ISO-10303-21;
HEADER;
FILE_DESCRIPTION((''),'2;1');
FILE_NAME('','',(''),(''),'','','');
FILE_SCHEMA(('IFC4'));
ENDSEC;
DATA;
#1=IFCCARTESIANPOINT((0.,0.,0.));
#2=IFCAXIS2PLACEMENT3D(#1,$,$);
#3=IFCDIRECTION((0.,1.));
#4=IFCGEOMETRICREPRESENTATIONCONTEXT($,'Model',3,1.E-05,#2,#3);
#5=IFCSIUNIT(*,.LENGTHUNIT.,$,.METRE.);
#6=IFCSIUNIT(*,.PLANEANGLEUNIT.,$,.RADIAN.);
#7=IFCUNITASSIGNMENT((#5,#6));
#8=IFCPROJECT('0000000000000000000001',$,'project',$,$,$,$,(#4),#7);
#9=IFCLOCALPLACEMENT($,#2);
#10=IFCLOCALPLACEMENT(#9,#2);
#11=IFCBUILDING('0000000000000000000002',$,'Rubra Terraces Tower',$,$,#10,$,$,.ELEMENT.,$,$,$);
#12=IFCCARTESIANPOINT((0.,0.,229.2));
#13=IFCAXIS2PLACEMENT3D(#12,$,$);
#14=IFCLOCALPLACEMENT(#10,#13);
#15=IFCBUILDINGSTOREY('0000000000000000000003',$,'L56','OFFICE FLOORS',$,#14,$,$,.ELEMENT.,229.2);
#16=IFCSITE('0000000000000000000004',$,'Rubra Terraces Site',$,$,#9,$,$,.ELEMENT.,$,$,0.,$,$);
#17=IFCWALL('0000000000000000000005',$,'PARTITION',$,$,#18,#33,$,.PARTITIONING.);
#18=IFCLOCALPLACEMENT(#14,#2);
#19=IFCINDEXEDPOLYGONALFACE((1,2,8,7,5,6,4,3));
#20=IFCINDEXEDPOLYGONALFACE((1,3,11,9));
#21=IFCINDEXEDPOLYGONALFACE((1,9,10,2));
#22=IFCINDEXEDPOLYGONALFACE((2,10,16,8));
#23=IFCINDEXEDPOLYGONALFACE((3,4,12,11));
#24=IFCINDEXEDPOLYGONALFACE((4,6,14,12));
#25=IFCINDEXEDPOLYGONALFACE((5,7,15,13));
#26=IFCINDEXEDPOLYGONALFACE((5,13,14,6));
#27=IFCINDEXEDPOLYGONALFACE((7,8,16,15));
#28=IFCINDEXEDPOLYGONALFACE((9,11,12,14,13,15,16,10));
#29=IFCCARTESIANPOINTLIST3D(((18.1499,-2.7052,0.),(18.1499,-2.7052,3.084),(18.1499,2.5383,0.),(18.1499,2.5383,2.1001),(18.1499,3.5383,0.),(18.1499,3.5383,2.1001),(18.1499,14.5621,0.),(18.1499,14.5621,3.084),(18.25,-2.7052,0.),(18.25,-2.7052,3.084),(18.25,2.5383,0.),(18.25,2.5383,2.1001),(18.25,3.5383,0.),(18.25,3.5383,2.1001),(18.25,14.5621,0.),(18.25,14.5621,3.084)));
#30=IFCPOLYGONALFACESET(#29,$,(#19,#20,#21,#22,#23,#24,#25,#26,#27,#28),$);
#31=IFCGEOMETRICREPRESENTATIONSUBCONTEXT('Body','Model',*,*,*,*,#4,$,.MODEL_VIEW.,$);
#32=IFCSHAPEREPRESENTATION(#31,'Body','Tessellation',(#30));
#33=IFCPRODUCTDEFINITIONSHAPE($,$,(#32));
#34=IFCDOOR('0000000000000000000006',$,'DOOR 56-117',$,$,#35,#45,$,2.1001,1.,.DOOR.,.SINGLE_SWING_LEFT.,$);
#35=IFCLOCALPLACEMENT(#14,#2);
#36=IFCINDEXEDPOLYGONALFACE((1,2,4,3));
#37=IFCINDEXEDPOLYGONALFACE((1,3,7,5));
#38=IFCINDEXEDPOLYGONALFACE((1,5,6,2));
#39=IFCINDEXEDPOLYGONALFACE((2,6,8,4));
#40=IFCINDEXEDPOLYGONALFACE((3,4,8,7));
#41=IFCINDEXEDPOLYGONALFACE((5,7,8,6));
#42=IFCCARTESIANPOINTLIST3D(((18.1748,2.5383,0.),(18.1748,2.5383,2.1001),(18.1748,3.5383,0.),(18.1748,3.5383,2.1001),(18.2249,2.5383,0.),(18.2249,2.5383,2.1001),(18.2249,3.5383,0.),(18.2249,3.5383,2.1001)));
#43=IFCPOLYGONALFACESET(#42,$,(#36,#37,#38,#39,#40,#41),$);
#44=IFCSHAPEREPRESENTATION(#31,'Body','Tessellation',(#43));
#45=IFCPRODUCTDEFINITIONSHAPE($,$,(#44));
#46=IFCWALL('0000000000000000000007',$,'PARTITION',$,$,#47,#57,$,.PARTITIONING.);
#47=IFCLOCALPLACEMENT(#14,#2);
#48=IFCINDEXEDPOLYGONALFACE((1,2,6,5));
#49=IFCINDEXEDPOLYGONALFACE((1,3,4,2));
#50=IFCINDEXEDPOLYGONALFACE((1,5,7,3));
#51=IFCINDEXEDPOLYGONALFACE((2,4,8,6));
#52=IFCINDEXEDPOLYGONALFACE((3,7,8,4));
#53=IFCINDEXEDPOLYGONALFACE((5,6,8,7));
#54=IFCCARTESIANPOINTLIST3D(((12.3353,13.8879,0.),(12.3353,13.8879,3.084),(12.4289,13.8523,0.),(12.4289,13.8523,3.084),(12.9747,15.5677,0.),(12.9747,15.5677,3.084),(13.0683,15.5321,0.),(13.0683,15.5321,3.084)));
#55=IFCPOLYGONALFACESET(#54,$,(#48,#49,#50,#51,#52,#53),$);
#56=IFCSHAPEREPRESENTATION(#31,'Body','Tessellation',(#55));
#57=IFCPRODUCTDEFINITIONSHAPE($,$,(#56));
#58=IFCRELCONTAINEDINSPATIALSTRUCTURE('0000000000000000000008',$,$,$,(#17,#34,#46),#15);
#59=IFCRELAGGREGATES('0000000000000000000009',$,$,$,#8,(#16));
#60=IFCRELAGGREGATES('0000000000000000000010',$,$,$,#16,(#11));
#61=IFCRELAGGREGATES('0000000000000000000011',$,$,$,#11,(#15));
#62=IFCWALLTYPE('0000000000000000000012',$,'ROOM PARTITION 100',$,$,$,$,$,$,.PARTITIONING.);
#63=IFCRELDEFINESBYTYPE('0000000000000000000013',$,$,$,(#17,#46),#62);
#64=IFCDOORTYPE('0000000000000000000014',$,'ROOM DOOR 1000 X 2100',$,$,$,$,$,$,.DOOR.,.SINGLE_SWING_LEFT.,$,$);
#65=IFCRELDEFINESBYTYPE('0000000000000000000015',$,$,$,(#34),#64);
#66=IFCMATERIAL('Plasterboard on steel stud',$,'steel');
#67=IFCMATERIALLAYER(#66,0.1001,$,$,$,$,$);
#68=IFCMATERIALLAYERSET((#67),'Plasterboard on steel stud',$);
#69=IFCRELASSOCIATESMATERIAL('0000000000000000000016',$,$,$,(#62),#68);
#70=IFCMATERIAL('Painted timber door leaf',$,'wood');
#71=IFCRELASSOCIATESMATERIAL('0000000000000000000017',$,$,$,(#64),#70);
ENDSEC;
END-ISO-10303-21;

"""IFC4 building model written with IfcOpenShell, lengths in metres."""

from ifc_helpers import new_model, si_unit, direction, frame, frame_2d, origin, place, context, subcontext, project, spatial, rectangle, extrude, material, layer, layer_set, type_object, element, fill, save


model = new_model("IFC4")

# Units and contexts
model_context = context("Model", 3, precision=1e-05, world=origin(), true_north=direction((0.0, 1.0)))
body_context = subcontext(model_context, "Body", "Model", "MODEL_VIEW")
ifc_project = project(units=[si_unit("LENGTHUNIT", "METRE"), si_unit("PLANEANGLEUNIT", "RADIAN")], contexts=[model_context])

# Site, building, storey
site_placement = place(None, origin())
site = spatial("IfcSite", under=ifc_project, at=site_placement, Name="Rubra Terraces Site", CompositionType="ELEMENT", RefElevation=0.0)
building_placement = place(site_placement, origin())
building = spatial("IfcBuilding", under=site, at=building_placement, Name="Rubra Terraces Tower", CompositionType="ELEMENT")
storey_placement = place(building_placement, frame((0.0, 0.0, 229.2)))
storey = spatial("IfcBuildingStorey", under=building, at=storey_placement, Name="L56", Description="OFFICE FLOORS", CompositionType="ELEMENT", Elevation=229.2)

# Shared definitions
ifc_material_1 = material(Name="Plasterboard on steel stud", Category="steel")
ifc_layer_1 = layer(ifc_material_1, 0.1001)
ifc_layer_set_1 = layer_set([ifc_layer_1], Name="Plasterboard on steel stud")
wall_type_1 = type_object("IfcWallType", Name="ROOM PARTITION 100", PredefinedType="PARTITIONING", material=ifc_layer_set_1)

# Wall, opening, door
wall_1_placement = place(storey_placement, frame((18.2, 14.5623, 0.0), z_axis=(0.0, 0.0, 1.0), x_axis=(0.0, -1.0, 0.0)))
wall_1 = element("IfcWall", 1, at=wall_1_placement, inside=storey, type_object=wall_type_1, Name="PARTITION", PredefinedType="PARTITIONING", context=body_context, shape_type="SweptSolid", body=[
    extrude(rectangle(XDim=17.2673, YDim=0.1001, at=frame_2d((8.6338, 0.0))), origin(), (0.0, 0.0, 1.0), 3.084),
])
opening_1_placement = place(wall_1_placement, frame((11.0239, 0.0, 0.0)))
opening_1 = element("IfcOpeningElement", 2, at=opening_1_placement, cuts=wall_1, PredefinedType="OPENING", context=body_context, shape_type="SweptSolid", body=[
    extrude(rectangle(XDim=1.0, YDim=2.1001, at=frame_2d((0.5, 1.05))), frame((0.0, 0.0601, 0.0), z_axis=(0.0, -1.0, 0.0), x_axis=(1.0, 0.0, 0.0)), (0.0, 0.0, 1.0), 0.1201),
])
ifc_material_2 = material(Name="Painted timber door leaf", Category="wood")
door_type = type_object("IfcDoorType", Name="ROOM DOOR 1000 X 2100", OperationType="SINGLE_SWING_LEFT", PredefinedType="DOOR", material=ifc_material_2)
door_placement = place(opening_1_placement, origin())
door = element("IfcDoor", 3, at=door_placement, inside=storey, type_object=door_type, Name="DOOR 56-117", OperationType="SINGLE_SWING_LEFT", OverallHeight=2.1001, OverallWidth=1.0, PredefinedType="DOOR", context=body_context, shape_type="SweptSolid", body=[
    extrude(rectangle(XDim=1.0, YDim=2.1001, at=frame_2d((0.5, 1.05))), frame((0.0, 0.0249, 0.0), z_axis=(0.0, -1.0, 0.0), x_axis=(1.0, 0.0, 0.0)), (0.0, 0.0, 1.0), 0.05),
])
fill(opening_1, door)

# Wall
wall_2_placement = place(storey_placement, frame((12.3821, 13.8701, 0.0), z_axis=(0.0, 0.0, 1.0), x_axis=(0.355764, 0.934576, 0.0)))
element("IfcWall", 4, at=wall_2_placement, inside=storey, type_object=wall_type_1, Name="PARTITION", PredefinedType="PARTITIONING", context=body_context, shape_type="SweptSolid", body=[
    extrude(rectangle(XDim=1.7974, YDim=0.1001, at=frame_2d((0.8987, 0.0))), origin(), (0.0, 0.0, 1.0), 3.084),
])

save(model, "model.ifc")
